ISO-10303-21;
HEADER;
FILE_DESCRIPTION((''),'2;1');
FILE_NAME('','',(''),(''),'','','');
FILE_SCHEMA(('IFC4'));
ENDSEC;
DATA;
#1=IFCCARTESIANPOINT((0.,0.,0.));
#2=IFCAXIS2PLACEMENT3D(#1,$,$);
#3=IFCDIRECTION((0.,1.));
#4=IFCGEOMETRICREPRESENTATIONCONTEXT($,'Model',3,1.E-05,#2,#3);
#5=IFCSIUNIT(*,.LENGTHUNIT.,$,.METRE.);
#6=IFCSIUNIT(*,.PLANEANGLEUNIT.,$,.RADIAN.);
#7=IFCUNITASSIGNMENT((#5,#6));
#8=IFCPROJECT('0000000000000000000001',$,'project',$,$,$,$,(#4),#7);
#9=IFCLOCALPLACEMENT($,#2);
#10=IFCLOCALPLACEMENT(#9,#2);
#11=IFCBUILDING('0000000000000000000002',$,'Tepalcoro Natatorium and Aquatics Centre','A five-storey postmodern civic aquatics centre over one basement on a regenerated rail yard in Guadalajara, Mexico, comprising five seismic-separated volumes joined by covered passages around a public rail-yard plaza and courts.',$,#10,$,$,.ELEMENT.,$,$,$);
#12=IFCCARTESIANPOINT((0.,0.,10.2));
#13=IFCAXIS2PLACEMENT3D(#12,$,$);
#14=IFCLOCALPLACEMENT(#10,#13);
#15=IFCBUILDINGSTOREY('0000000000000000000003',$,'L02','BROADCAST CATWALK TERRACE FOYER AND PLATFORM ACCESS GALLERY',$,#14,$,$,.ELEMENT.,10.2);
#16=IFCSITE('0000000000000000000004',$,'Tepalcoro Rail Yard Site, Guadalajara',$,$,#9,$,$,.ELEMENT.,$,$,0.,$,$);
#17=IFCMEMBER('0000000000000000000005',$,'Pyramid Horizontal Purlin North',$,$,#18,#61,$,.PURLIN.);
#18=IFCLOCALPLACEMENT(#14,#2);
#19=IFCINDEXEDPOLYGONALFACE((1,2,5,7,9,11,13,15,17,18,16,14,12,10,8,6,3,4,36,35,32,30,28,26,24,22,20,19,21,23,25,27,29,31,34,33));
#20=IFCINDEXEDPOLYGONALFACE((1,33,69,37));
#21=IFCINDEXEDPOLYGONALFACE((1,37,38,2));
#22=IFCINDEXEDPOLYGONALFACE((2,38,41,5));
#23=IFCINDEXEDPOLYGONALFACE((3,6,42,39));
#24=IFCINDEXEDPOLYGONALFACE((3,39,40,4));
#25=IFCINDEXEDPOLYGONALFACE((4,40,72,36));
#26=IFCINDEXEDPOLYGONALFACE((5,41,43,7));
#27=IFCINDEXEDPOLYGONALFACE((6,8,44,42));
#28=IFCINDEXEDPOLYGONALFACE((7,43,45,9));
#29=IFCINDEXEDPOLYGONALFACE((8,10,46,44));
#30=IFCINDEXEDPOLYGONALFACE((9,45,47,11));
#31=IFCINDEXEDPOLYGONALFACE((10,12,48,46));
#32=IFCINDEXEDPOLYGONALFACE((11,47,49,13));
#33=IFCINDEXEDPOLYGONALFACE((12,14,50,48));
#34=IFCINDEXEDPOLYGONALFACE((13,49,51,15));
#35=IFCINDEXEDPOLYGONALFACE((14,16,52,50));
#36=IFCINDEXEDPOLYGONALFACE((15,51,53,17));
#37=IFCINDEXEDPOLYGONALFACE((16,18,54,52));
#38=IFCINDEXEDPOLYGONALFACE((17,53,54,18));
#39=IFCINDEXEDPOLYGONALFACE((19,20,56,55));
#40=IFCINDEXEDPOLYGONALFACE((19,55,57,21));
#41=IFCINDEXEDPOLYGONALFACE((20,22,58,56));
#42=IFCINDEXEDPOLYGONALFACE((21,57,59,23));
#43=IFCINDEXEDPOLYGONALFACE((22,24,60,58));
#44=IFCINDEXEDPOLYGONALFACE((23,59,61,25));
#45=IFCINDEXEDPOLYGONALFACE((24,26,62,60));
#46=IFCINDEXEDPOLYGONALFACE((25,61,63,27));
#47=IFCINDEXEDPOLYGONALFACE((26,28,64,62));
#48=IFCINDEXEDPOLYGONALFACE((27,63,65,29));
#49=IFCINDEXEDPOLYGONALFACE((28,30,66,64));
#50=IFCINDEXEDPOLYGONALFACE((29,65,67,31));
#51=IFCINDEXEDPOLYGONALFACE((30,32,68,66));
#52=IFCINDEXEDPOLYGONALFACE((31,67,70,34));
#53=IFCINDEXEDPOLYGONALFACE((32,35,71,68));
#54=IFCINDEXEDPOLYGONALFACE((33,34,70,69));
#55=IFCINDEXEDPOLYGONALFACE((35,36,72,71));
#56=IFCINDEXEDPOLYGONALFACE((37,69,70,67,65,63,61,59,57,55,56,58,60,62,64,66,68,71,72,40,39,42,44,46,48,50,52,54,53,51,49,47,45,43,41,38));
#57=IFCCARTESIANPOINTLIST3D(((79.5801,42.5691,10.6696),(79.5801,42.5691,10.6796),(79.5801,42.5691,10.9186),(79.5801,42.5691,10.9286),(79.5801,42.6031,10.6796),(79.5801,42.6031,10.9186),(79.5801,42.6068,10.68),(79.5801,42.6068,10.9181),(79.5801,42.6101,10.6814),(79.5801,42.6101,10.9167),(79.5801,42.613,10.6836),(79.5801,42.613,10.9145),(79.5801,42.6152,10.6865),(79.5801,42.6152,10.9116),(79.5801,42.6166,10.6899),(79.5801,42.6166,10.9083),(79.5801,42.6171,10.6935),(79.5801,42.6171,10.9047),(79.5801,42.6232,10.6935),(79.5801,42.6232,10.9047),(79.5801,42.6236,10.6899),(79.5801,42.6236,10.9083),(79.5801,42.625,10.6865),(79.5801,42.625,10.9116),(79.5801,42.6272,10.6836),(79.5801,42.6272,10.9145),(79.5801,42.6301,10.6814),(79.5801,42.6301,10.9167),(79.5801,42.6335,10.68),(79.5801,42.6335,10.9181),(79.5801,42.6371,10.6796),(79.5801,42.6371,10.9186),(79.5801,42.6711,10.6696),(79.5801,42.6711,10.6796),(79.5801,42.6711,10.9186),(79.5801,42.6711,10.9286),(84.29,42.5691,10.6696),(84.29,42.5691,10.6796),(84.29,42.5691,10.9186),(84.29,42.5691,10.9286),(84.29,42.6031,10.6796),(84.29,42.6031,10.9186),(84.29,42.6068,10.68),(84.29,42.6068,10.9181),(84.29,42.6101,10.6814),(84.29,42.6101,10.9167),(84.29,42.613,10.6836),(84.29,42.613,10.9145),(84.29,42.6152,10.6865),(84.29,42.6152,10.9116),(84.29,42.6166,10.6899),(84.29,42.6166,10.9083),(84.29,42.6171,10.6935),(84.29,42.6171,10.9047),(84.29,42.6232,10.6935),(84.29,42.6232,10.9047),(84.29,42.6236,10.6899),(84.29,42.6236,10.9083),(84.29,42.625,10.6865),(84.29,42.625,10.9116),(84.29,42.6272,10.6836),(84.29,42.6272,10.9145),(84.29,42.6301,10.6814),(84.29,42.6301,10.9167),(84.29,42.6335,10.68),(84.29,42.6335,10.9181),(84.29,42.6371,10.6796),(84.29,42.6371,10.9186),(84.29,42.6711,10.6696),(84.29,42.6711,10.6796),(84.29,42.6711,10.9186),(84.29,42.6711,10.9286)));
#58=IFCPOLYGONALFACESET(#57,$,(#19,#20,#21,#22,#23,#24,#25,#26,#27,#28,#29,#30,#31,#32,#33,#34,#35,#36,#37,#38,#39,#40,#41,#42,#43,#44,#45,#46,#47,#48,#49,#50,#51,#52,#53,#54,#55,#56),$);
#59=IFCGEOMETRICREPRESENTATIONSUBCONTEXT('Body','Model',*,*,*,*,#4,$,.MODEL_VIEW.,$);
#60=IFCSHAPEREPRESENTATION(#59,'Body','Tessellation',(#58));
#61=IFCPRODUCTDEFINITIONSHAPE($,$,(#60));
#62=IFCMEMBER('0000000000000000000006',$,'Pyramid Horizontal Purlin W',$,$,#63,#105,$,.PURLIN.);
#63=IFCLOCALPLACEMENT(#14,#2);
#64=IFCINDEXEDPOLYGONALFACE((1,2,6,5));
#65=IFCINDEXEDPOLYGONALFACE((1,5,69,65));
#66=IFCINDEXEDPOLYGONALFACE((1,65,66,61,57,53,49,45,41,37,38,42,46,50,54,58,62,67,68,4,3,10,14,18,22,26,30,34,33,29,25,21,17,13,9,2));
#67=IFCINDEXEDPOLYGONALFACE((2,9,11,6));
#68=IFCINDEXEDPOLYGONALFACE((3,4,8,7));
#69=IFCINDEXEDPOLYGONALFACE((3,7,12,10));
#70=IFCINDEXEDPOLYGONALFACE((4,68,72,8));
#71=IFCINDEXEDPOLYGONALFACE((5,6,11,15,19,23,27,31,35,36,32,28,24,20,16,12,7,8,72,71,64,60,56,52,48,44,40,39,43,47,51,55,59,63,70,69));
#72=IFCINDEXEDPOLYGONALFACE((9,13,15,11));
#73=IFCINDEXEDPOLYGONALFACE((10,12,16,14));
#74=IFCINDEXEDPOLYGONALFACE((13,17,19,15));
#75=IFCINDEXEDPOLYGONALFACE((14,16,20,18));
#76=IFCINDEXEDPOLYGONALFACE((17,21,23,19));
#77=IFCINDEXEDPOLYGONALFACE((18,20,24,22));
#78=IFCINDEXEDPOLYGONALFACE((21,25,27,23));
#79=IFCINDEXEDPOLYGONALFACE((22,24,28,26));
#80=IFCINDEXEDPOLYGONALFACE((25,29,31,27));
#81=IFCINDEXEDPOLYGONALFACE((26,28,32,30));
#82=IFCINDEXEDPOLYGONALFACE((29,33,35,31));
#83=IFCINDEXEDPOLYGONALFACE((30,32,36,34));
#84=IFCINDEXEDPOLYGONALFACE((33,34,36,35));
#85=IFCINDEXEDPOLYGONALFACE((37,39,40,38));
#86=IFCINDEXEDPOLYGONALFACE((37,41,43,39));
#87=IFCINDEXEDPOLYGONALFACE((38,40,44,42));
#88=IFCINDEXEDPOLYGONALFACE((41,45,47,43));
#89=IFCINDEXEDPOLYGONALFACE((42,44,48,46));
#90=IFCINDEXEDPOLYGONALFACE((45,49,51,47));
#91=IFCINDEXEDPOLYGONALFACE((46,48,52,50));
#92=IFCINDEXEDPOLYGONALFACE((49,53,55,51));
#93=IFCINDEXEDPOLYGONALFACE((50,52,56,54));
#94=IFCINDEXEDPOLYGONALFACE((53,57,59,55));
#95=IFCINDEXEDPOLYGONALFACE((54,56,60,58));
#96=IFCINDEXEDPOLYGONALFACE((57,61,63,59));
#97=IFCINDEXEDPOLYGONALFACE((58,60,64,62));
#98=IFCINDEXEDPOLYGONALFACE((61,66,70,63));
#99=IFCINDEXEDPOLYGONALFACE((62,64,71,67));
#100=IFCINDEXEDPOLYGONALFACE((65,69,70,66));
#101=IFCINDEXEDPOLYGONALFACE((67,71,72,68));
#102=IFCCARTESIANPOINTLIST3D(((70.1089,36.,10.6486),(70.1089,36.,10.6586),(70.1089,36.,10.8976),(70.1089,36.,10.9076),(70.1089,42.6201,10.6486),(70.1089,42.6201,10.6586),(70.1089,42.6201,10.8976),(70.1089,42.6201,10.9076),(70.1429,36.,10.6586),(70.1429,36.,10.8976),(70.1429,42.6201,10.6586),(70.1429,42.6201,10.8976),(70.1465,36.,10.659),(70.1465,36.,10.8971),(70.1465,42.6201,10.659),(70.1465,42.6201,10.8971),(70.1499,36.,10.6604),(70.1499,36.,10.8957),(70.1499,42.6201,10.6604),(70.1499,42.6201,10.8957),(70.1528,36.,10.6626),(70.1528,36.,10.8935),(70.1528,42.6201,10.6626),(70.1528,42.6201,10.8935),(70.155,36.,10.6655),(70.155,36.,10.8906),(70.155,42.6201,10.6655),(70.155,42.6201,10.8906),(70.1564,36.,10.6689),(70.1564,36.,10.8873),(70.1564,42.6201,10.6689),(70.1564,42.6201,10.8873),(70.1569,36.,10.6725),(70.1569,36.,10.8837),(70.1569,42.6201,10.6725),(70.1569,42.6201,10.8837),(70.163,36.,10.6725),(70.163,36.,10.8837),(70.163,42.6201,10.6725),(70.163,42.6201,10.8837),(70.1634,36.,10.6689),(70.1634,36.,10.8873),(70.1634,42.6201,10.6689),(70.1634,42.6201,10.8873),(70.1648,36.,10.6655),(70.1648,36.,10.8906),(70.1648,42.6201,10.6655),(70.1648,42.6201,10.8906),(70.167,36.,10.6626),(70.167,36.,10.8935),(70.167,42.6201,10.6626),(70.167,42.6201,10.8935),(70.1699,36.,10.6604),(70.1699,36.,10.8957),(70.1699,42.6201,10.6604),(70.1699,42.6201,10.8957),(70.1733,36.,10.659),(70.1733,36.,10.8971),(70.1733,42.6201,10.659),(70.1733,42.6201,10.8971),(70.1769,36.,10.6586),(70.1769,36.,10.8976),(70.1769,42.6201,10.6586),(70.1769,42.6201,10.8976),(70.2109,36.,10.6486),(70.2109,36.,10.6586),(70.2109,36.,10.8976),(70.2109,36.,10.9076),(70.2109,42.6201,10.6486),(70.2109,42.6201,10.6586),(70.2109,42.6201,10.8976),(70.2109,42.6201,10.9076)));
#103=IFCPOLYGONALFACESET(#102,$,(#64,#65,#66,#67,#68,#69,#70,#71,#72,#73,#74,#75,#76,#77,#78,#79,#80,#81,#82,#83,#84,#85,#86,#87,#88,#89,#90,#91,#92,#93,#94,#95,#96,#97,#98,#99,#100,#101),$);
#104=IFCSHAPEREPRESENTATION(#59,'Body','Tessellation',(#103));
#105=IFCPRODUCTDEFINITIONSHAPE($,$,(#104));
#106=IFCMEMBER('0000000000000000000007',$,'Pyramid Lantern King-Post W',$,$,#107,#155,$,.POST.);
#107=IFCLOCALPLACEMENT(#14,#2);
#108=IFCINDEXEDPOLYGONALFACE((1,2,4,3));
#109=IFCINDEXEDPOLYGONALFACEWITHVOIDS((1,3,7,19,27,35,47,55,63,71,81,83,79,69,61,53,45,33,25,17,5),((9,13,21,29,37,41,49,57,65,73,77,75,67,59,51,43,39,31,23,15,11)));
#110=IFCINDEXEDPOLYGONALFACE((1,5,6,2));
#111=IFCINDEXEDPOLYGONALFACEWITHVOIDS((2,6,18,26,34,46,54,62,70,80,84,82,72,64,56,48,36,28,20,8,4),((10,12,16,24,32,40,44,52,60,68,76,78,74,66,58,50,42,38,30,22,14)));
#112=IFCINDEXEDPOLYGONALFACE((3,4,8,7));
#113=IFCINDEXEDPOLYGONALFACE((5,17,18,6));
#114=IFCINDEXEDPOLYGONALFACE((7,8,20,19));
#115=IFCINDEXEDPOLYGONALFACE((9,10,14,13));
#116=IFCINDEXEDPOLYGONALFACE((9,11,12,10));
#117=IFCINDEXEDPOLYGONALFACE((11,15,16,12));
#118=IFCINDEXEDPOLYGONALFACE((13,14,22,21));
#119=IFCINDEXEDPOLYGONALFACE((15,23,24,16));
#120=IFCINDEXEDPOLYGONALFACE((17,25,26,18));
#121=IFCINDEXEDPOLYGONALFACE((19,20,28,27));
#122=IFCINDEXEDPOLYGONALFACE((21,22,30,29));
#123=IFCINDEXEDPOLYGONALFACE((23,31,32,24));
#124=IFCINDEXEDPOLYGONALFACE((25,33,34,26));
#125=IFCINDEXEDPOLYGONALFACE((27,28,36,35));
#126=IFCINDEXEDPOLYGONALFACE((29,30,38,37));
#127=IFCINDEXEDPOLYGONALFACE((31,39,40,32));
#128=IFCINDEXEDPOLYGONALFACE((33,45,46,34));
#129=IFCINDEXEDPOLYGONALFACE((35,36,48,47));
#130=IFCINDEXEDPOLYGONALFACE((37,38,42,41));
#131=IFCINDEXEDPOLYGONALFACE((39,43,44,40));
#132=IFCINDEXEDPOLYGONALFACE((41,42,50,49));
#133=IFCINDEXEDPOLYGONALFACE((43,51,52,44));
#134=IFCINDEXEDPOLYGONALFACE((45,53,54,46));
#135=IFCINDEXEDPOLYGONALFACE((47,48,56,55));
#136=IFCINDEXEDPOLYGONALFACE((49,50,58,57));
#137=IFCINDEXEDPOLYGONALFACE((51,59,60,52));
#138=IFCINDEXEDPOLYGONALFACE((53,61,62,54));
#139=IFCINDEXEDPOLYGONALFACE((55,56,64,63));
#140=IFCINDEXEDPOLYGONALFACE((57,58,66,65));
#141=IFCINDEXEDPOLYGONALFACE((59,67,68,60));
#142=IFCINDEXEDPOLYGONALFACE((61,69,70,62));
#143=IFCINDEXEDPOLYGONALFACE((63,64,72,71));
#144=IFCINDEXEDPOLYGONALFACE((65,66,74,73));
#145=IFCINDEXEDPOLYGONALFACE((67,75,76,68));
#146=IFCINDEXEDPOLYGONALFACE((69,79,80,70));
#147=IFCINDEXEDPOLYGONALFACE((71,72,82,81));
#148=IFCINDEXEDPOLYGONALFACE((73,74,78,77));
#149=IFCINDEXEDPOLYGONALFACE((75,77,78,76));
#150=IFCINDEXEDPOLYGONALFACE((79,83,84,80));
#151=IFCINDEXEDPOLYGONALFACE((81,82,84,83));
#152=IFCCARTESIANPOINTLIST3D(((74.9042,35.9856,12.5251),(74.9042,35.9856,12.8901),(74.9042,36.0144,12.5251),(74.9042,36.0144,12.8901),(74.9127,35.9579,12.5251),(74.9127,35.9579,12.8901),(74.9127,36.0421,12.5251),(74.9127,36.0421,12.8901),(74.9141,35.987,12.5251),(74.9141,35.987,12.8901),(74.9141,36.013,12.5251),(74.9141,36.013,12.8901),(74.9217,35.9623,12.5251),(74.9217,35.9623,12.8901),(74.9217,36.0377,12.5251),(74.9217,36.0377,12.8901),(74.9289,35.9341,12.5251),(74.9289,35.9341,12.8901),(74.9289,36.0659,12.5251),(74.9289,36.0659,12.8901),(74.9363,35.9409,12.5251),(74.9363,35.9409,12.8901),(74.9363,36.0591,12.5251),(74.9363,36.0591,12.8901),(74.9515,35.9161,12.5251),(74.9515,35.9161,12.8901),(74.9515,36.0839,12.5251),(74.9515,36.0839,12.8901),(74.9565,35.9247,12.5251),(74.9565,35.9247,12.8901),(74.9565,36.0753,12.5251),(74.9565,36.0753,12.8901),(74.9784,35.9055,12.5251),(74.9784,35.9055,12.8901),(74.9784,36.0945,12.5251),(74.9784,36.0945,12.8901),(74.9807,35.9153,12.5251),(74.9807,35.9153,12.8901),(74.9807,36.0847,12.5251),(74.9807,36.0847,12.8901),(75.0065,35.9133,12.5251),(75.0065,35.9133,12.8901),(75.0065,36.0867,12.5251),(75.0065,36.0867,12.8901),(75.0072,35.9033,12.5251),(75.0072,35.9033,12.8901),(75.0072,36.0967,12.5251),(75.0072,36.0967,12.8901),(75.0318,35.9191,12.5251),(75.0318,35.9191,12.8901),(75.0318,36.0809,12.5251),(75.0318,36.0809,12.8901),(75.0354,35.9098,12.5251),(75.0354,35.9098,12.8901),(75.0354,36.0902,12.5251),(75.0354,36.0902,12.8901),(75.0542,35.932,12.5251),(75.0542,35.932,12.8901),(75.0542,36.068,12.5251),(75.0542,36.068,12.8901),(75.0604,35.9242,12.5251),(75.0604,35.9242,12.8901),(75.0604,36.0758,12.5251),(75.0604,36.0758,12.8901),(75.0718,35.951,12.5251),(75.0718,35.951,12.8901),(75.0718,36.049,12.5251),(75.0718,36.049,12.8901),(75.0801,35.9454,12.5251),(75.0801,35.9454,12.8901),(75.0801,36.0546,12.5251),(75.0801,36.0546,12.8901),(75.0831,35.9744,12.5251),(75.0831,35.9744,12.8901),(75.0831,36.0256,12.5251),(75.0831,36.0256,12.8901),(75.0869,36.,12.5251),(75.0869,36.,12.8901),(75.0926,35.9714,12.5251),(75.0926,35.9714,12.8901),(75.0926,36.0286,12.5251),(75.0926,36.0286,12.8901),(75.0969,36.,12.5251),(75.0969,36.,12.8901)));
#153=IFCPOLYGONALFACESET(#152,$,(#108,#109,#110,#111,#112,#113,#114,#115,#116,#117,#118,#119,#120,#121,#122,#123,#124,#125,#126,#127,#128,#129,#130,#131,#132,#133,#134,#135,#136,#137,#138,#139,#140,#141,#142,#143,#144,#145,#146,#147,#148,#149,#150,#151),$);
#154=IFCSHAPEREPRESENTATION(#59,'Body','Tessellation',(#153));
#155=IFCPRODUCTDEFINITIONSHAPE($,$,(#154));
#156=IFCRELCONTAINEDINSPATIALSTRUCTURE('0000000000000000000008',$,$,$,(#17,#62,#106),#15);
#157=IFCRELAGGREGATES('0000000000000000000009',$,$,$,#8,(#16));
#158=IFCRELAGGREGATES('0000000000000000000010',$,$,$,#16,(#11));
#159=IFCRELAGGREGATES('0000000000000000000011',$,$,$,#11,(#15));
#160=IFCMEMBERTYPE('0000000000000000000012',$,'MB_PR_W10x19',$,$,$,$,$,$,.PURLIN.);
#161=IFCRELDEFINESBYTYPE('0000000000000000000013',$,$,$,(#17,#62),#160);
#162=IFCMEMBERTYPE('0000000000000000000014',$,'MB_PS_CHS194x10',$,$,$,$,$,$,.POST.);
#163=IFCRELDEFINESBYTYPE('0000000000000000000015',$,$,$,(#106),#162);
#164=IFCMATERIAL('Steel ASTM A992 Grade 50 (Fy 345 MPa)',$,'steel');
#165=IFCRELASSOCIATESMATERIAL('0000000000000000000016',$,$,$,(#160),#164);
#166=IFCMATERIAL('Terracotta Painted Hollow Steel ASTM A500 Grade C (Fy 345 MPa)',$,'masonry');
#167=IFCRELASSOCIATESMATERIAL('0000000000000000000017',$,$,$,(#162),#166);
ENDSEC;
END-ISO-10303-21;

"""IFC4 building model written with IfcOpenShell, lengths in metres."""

from ifc_helpers import new_model, si_unit, direction, frame, origin, origin_2d, place, context, subcontext, project, spatial, hollow_circle, i_section, extrude, material, material_profile, profile_set, type_object, element, save


model = new_model("IFC4")

# Units and contexts
model_context = context("Model", 3, precision=1e-05, world=origin(), true_north=direction((0.0, 1.0)))
body_context = subcontext(model_context, "Body", "Model", "MODEL_VIEW")
ifc_project = project(units=[si_unit("LENGTHUNIT", "METRE"), si_unit("PLANEANGLEUNIT", "RADIAN")], contexts=[model_context])

# Site, building, storey
site_placement = place(None, origin())
site = spatial("IfcSite", under=ifc_project, at=site_placement, Name="Tepalcoro Rail Yard Site, Guadalajara", CompositionType="ELEMENT", RefElevation=0.0)
building_placement = place(site_placement, origin())
building = spatial("IfcBuilding", under=site, at=building_placement, Name="Tepalcoro Natatorium and Aquatics Centre", Description="A five-storey postmodern civic aquatics centre over one basement on a regenerated rail yard in Guadalajara, Mexico, comprising five seismic-separated volumes joined by covered passages around a public rail-yard plaza and courts.", CompositionType="ELEMENT")
storey_placement = place(building_placement, frame((0.0, 0.0, 10.2)))
storey = spatial("IfcBuildingStorey", under=building, at=storey_placement, Name="L02", Description="BROADCAST CATWALK TERRACE FOYER AND PLATFORM ACCESS GALLERY", CompositionType="ELEMENT", Elevation=10.2)

# Shared definitions
ifc_material_1 = material(Name="Terracotta Painted Hollow Steel ASTM A500 Grade C (Fy 345 MPa)", Category="masonry")

# Members
ifc_material_2 = material(Name="Steel ASTM A992 Grade 50 (Fy 345 MPa)", Category="steel")
ifc_material_profile_1 = material_profile(ifc_material_2, i_section(OverallWidth=0.1021, OverallDepth=0.259, WebThickness=0.0061, FlangeThickness=0.01, FilletRadius=0.0139, at=origin_2d()), Name="W10X19")
ifc_profile_set_1 = profile_set([ifc_material_profile_1], Name="Steel ASTM A992 Grade 50 (Fy 345 MPa)")
member_type_1 = type_object("IfcMemberType", Name="MB_PR_W10x19", PredefinedType="PURLIN", material=ifc_profile_set_1)
for number, where, z_axis, x_axis, name in (
    (1, (79.5801, 42.6201, 10.7991), (1.0, 0.0, 0.0), (0.0, 1.0, 0.0), "Pyramid Horizontal Purlin North"),
):
    element("IfcMember", number, at=place(storey_placement, frame(where, z_axis=z_axis, x_axis=x_axis)), inside=storey, type_object=member_type_1, Name=name, PredefinedType="PURLIN", context=body_context, shape_type="SweptSolid", body=[
        extrude(i_section(OverallWidth=0.1021, OverallDepth=0.259, WebThickness=0.0061, FlangeThickness=0.01, FilletRadius=0.0139, at=origin_2d()), origin(), (0.0, 0.0, 1.0), 4.71),
    ])
member_1_placement = place(storey_placement, frame((70.1599, 36.0, 10.7781), z_axis=(0.0, 1.0, 0.0), x_axis=(-1.0, 0.0, 0.0)))
element("IfcMember", 2, at=member_1_placement, inside=storey, type_object=member_type_1, Name="Pyramid Horizontal Purlin W", PredefinedType="PURLIN", context=body_context, shape_type="SweptSolid", body=[
    extrude(i_section(OverallWidth=0.1021, OverallDepth=0.259, WebThickness=0.0061, FlangeThickness=0.01, FilletRadius=0.0139, at=origin_2d()), origin(), (0.0, 0.0, 1.0), 6.6201),
])
ifc_material_profile_2 = material_profile(ifc_material_1, hollow_circle(Radius=0.0969, WallThickness=0.01, at=origin_2d()), Name="CHS194X10")
ifc_profile_set_2 = profile_set([ifc_material_profile_2], Name="Terracotta Painted Hollow Steel ASTM A500 Grade C (Fy 345 MPa)")
member_type_2 = type_object("IfcMemberType", Name="MB_PS_CHS194x10", PredefinedType="POST", material=ifc_profile_set_2)
member_2_placement = place(storey_placement, frame((75.0, 36.0, 12.5251), z_axis=(0.0, 0.0, 1.0), x_axis=(1.0, 0.0, 0.0)))
element("IfcMember", 3, at=member_2_placement, inside=storey, type_object=member_type_2, Name="Pyramid Lantern King-Post W", PredefinedType="POST", context=body_context, shape_type="SweptSolid", body=[
    extrude(hollow_circle(Radius=0.0969, WallThickness=0.01, at=origin_2d()), origin(), (0.0, 0.0, 1.0), 0.365),
])

save(model, "model.ifc")
